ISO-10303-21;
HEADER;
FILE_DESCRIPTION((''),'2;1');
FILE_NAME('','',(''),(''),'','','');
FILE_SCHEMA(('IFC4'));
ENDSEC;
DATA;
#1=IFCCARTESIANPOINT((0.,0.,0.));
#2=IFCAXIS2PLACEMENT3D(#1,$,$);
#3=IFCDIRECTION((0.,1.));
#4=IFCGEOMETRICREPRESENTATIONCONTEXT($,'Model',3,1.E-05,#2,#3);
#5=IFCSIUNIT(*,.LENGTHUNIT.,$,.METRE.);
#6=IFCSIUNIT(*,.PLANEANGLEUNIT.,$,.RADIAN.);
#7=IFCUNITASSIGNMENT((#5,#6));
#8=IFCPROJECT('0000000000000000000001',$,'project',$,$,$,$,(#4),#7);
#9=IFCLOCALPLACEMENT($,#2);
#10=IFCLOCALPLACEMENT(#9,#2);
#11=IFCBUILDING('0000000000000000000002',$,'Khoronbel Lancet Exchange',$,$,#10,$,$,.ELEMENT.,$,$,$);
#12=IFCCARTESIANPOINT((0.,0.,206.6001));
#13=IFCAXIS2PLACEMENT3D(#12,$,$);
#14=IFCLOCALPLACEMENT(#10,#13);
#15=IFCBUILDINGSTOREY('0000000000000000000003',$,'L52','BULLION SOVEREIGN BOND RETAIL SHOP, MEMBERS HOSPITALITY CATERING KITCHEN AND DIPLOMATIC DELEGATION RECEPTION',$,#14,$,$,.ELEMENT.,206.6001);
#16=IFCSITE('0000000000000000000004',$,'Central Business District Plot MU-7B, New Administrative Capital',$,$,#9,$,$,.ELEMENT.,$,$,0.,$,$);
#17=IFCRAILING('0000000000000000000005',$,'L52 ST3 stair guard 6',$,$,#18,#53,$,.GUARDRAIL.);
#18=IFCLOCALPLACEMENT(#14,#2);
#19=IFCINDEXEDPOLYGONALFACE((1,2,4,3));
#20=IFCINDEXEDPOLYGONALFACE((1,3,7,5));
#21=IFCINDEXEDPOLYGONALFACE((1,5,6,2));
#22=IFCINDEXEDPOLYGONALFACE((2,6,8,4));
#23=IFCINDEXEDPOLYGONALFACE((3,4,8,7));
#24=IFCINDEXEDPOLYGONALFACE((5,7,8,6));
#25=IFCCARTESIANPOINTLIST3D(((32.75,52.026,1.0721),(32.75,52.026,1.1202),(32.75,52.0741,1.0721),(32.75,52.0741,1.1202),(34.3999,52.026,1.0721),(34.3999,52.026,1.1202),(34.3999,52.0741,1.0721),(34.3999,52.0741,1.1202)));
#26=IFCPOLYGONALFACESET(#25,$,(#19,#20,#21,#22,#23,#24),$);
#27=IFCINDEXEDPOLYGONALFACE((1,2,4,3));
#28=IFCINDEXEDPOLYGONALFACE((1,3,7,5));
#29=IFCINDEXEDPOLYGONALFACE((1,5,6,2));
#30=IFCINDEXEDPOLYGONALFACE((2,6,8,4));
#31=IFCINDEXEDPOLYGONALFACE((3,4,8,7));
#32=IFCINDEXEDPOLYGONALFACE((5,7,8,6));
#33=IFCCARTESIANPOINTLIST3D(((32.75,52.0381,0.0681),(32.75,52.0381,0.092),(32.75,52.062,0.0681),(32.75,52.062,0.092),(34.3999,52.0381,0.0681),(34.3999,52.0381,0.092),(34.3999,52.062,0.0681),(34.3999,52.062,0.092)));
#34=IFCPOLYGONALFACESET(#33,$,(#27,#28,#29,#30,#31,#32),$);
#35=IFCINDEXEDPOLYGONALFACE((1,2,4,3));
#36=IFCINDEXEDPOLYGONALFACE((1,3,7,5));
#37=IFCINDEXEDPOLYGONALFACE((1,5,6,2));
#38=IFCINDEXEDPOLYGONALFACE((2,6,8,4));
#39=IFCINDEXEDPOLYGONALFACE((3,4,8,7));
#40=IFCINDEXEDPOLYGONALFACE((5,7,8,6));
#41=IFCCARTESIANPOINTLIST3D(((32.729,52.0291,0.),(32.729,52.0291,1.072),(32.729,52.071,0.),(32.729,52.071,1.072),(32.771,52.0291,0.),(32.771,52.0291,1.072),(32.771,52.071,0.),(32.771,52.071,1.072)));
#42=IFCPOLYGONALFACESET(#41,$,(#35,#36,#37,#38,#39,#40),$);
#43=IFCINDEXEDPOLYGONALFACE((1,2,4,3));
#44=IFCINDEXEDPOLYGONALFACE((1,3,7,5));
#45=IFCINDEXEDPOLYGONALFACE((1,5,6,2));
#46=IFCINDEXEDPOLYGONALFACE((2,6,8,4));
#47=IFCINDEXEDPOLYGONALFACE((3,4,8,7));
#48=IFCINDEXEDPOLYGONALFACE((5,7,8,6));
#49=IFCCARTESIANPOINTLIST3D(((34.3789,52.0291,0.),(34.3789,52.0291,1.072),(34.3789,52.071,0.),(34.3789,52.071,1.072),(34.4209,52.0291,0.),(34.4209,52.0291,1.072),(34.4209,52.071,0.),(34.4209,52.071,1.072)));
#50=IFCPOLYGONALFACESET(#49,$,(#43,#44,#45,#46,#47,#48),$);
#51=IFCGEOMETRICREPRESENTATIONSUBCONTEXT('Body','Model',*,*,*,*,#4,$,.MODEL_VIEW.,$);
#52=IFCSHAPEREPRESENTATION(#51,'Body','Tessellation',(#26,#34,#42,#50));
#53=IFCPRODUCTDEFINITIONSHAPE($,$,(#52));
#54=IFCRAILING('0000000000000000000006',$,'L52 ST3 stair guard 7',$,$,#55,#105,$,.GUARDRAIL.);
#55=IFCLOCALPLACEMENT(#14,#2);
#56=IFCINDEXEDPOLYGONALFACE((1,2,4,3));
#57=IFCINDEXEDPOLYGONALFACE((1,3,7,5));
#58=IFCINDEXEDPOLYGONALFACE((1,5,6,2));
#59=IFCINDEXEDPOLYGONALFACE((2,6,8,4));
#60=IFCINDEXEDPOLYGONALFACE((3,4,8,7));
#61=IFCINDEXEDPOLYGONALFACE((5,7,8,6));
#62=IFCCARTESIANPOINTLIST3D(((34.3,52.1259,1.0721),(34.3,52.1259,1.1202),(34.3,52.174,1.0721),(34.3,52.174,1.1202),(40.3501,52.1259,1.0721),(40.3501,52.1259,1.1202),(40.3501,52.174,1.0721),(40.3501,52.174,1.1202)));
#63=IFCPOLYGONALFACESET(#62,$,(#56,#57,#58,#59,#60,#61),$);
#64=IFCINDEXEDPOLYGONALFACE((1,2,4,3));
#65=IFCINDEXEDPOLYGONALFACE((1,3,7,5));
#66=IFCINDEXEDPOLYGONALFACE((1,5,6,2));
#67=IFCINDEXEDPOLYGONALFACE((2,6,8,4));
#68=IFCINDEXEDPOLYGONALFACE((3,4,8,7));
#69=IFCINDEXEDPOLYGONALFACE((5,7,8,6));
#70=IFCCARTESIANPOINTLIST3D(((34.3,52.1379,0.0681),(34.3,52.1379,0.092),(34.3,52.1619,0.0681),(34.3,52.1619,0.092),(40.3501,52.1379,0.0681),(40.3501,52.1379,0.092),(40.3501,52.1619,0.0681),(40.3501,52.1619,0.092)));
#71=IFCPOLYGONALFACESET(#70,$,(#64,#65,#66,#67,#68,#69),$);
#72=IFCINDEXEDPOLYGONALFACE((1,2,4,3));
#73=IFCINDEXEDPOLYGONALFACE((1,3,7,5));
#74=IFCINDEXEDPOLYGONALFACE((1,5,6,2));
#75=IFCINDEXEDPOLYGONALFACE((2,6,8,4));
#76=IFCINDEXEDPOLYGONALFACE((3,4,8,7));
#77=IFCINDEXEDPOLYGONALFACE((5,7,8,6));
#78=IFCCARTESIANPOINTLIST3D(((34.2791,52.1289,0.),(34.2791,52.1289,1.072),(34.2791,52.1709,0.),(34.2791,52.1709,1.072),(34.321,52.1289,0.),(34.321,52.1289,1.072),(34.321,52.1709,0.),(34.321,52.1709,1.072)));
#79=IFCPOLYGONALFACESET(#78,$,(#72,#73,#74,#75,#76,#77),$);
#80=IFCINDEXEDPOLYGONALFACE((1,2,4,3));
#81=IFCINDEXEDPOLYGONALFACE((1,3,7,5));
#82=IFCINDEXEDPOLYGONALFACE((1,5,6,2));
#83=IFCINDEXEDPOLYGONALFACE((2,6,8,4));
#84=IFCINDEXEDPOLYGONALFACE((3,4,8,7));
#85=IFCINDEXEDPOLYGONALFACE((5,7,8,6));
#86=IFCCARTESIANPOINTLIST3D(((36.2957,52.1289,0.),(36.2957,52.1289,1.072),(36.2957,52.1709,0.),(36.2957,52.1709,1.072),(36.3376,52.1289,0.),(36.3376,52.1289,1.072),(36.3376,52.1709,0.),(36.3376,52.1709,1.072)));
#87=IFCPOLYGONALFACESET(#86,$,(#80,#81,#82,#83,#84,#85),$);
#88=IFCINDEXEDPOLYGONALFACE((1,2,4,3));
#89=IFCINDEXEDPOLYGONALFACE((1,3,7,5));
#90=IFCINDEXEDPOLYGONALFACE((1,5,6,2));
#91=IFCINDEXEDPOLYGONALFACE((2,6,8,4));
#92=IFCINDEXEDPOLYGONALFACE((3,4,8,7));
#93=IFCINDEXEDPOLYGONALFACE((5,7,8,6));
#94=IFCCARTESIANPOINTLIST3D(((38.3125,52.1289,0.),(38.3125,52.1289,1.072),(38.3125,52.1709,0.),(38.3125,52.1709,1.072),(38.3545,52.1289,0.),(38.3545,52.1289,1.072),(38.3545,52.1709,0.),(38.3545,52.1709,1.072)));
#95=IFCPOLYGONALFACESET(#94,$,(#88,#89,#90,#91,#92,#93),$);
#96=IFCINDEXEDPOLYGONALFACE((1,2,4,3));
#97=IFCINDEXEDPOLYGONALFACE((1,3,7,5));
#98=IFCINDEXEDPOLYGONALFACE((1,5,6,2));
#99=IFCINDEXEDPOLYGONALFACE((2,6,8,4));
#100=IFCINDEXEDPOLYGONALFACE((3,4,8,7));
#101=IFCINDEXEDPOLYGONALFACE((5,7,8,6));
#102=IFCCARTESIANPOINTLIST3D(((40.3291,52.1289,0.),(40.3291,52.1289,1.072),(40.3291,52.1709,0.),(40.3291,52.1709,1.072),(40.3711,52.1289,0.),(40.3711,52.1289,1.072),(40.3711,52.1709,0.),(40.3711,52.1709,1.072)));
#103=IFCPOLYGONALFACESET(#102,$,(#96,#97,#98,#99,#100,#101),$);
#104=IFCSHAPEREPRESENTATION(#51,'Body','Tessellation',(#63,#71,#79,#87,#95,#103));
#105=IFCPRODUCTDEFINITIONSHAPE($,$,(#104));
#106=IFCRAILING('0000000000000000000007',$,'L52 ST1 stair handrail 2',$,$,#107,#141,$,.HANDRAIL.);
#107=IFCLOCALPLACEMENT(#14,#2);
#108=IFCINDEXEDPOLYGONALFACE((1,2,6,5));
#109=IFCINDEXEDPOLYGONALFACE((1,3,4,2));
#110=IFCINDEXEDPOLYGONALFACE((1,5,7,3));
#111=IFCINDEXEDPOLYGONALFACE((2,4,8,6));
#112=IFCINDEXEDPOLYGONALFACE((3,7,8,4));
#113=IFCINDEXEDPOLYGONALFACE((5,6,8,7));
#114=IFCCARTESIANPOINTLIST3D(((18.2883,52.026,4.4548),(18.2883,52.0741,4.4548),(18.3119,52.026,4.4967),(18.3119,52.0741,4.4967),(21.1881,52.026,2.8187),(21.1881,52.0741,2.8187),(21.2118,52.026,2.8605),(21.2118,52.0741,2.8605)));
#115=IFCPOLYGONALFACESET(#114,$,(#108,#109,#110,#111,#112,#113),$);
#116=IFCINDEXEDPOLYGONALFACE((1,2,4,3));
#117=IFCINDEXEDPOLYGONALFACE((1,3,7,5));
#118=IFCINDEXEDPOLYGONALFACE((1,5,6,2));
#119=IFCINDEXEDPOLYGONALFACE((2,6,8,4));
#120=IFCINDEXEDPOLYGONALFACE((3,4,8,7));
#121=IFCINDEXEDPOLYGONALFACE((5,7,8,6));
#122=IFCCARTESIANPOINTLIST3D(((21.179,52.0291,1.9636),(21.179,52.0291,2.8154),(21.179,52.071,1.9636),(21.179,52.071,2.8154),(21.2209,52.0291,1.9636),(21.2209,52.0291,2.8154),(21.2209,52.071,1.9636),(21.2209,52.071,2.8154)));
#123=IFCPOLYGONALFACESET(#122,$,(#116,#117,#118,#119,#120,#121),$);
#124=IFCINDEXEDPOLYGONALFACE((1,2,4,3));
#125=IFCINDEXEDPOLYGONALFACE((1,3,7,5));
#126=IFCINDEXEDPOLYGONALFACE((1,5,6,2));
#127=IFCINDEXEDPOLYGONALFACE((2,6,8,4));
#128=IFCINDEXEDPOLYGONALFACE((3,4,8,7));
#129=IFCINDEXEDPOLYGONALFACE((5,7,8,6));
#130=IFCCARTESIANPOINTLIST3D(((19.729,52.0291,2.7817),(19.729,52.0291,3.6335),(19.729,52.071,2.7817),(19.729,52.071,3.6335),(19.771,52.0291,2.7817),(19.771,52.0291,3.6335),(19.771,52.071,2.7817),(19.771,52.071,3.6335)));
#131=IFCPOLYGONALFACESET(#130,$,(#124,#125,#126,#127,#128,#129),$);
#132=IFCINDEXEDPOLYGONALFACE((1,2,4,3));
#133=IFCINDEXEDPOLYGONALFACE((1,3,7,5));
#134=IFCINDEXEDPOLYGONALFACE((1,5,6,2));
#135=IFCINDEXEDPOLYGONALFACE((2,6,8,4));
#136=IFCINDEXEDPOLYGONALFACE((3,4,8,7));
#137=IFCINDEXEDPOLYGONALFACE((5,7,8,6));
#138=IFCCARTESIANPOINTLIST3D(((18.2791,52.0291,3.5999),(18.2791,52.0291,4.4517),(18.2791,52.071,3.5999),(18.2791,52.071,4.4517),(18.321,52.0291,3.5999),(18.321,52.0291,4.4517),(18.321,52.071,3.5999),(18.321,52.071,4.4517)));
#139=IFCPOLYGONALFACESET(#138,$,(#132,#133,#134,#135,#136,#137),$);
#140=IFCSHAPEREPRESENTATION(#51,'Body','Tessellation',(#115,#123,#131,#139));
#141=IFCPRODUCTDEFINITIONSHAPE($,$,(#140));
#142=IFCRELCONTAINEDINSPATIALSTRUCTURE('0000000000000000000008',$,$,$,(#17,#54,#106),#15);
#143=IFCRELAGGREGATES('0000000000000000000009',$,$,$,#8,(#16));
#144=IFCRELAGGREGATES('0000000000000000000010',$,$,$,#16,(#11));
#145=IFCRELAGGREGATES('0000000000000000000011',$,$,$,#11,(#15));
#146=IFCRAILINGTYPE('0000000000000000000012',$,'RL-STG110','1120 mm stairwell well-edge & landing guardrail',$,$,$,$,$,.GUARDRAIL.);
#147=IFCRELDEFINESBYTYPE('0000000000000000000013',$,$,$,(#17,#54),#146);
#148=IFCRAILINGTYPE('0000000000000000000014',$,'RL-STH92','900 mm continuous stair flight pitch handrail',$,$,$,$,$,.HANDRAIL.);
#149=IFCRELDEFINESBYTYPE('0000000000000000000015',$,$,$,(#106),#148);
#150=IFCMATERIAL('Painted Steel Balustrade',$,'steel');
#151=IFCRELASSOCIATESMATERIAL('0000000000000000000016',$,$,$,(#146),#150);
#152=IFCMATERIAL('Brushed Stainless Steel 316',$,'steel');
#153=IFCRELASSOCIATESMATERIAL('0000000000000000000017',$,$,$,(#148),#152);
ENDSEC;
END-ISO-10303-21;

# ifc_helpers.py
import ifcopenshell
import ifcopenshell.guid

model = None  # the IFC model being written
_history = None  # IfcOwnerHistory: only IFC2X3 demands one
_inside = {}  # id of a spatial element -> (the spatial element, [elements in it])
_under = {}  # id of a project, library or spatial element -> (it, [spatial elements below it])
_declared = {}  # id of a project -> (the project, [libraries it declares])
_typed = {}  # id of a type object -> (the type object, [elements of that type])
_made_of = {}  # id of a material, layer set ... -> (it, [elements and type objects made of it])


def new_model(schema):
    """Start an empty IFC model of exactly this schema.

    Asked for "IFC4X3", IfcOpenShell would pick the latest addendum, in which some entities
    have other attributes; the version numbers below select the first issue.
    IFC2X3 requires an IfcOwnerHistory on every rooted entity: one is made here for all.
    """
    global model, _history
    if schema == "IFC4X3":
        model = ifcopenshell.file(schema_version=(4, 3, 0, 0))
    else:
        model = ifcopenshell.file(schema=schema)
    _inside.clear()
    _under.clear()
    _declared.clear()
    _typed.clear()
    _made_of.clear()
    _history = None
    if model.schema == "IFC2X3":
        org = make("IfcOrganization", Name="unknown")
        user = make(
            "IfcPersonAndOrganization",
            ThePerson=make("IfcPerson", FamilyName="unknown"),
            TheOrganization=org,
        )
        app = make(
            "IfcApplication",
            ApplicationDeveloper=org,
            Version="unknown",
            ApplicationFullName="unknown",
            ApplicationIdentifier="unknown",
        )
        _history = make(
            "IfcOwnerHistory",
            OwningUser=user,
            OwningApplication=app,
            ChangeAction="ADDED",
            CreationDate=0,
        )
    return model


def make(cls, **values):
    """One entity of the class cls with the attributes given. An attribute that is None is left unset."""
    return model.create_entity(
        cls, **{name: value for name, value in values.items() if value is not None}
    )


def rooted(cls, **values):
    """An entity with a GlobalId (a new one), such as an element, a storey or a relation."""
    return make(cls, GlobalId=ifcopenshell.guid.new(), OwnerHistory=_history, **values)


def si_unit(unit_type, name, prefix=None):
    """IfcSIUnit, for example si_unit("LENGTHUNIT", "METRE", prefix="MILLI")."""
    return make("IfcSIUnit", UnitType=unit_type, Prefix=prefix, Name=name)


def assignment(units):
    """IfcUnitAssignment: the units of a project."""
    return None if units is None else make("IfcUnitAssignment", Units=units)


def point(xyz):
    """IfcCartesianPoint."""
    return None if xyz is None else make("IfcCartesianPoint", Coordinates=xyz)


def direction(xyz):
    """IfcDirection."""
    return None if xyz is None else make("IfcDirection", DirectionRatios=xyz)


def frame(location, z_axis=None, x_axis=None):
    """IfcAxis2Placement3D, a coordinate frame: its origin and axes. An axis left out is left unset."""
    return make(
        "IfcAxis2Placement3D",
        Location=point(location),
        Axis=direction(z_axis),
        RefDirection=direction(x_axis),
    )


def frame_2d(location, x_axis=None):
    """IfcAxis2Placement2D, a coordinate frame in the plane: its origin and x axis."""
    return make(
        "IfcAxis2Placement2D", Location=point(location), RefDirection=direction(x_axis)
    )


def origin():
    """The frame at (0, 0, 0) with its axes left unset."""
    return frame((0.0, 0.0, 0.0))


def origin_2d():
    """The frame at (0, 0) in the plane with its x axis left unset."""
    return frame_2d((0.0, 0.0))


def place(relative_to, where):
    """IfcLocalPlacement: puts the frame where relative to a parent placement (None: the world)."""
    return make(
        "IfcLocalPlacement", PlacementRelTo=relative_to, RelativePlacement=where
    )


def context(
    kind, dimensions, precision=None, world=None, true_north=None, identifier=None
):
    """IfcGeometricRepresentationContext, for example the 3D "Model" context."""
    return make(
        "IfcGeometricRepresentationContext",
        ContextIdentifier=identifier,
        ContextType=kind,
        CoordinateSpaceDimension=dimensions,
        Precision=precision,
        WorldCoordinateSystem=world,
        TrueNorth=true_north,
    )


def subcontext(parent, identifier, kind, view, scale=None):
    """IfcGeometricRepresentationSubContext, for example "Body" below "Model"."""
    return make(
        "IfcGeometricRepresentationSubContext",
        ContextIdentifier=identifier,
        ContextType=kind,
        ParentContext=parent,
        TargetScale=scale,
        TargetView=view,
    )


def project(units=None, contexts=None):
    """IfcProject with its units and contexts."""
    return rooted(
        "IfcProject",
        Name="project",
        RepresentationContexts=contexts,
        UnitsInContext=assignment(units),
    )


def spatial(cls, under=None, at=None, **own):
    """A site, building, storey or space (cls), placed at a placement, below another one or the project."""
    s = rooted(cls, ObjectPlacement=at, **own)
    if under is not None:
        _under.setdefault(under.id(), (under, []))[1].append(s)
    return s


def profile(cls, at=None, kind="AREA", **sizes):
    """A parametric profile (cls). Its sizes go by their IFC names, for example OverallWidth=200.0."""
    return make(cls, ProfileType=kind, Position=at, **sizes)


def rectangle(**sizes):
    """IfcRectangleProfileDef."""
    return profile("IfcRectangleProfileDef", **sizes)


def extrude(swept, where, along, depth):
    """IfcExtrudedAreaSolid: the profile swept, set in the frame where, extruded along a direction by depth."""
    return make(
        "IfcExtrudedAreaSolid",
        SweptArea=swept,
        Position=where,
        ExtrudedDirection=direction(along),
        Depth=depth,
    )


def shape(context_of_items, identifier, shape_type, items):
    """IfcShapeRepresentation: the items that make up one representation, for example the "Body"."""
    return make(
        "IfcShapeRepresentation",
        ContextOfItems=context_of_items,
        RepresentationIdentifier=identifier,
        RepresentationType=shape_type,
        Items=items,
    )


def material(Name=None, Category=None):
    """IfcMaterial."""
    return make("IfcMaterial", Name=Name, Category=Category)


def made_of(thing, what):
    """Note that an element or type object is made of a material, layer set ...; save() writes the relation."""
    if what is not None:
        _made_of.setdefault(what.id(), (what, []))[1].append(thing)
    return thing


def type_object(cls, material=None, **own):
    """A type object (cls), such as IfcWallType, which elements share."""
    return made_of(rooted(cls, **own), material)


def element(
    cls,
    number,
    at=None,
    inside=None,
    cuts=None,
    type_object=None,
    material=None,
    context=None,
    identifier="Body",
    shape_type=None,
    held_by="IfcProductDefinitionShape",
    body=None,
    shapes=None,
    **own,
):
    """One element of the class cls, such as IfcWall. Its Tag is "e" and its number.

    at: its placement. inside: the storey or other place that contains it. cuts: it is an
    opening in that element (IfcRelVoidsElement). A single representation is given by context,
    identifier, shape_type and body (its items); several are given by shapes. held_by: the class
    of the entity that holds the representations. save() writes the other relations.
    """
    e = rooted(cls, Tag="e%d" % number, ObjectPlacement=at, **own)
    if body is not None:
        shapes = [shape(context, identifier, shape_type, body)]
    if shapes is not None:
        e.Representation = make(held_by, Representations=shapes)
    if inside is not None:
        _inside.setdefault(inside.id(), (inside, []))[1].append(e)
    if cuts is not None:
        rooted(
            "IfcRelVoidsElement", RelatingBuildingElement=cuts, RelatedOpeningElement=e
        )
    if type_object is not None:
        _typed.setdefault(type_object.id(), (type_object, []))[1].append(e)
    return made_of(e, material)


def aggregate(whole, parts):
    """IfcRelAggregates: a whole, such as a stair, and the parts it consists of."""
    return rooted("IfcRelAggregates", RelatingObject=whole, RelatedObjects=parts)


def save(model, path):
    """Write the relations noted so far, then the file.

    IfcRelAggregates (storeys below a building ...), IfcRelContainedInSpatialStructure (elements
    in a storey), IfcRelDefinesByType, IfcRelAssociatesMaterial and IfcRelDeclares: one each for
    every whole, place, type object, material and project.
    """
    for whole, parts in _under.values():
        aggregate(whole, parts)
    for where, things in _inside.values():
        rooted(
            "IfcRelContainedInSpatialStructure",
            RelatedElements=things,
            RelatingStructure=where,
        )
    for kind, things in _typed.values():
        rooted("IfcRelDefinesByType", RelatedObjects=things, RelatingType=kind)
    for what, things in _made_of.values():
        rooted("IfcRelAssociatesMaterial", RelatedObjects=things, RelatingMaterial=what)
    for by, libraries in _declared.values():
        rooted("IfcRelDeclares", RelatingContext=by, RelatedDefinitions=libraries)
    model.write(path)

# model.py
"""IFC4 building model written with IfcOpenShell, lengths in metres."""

from ifc_helpers import new_model, si_unit, direction, frame, origin, origin_2d, place, context, subcontext, project, spatial, rectangle, extrude, material, type_object, element, save


model = new_model("IFC4")

# Units and contexts
model_context = context("Model", 3, precision=1e-05, world=origin(), true_north=direction((0.0, 1.0)))
body_context = subcontext(model_context, "Body", "Model", "MODEL_VIEW")
ifc_project = project(units=[si_unit("LENGTHUNIT", "METRE"), si_unit("PLANEANGLEUNIT", "RADIAN")], contexts=[model_context])

# Site, building, storey
site_placement = place(None, origin())
site = spatial("IfcSite", under=ifc_project, at=site_placement, Name="Central Business District Plot MU-7B, New Administrative Capital", CompositionType="ELEMENT", RefElevation=0.0)
building_placement = place(site_placement, origin())
building = spatial("IfcBuilding", under=site, at=building_placement, Name="Khoronbel Lancet Exchange", CompositionType="ELEMENT")
storey_placement = place(building_placement, frame((0.0, 0.0, 206.6001)))
storey = spatial("IfcBuildingStorey", under=building, at=storey_placement, Name="L52", Description="BULLION SOVEREIGN BOND RETAIL SHOP, MEMBERS HOSPITALITY CATERING KITCHEN AND DIPLOMATIC DELEGATION RECEPTION", CompositionType="ELEMENT", Elevation=206.6001)

# Railings
ifc_material_1 = material(Name="Painted Steel Balustrade", Category="steel")
railing_type_1 = type_object("IfcRailingType", Name="RL-STG110", Description="1120 mm stairwell well-edge & landing guardrail", PredefinedType="GUARDRAIL", material=ifc_material_1)
railing_1_placement = place(storey_placement, frame((32.75, 52.05, 0.0)))
element("IfcRailing", 1, at=railing_1_placement, inside=storey, type_object=railing_type_1, Name="L52 ST3 stair guard 6", PredefinedType="GUARDRAIL", context=body_context, shape_type="SweptSolid", body=[
    extrude(rectangle(XDim=0.0481, YDim=0.0481, at=origin_2d()), frame((0.0, 0.0, 1.0962), z_axis=(1.0, 0.0, 0.0), x_axis=(0.0, 1.0, 0.0)), (0.0, 0.0, 1.0), 1.6499),
    extrude(rectangle(XDim=0.0239, YDim=0.0239, at=origin_2d()), frame((0.0, 0.0, 0.0801), z_axis=(1.0, 0.0, 0.0), x_axis=(0.0, 1.0, 0.0)), (0.0, 0.0, 1.0), 1.6499),
    extrude(rectangle(XDim=0.042, YDim=0.042, at=origin_2d()), origin(), (0.0, 0.0, 1.0), 1.072),
    extrude(rectangle(XDim=0.042, YDim=0.042, at=origin_2d()), frame((1.6499, 0.0, 0.0)), (0.0, 0.0, 1.0), 1.072),
])
railing_2_placement = place(storey_placement, frame((34.3, 52.1499, 0.0)))
element("IfcRailing", 2, at=railing_2_placement, inside=storey, type_object=railing_type_1, Name="L52 ST3 stair guard 7", PredefinedType="GUARDRAIL", context=body_context, shape_type="SweptSolid", body=[
    extrude(rectangle(XDim=0.0481, YDim=0.0481, at=origin_2d()), frame((0.0, 0.0, 1.0962), z_axis=(1.0, 0.0, 0.0), x_axis=(0.0, 1.0, 0.0)), (0.0, 0.0, 1.0), 6.05),
    extrude(rectangle(XDim=0.0239, YDim=0.0239, at=origin_2d()), frame((0.0, 0.0, 0.0801), z_axis=(1.0, 0.0, 0.0), x_axis=(0.0, 1.0, 0.0)), (0.0, 0.0, 1.0), 6.05),
    extrude(rectangle(XDim=0.042, YDim=0.042, at=origin_2d()), origin(), (0.0, 0.0, 1.0), 1.072),
    extrude(rectangle(XDim=0.042, YDim=0.042, at=origin_2d()), frame((2.0166, 0.0, 0.0)), (0.0, 0.0, 1.0), 1.072),
    extrude(rectangle(XDim=0.042, YDim=0.042, at=origin_2d()), frame((4.0334, 0.0, 0.0)), (0.0, 0.0, 1.0), 1.072),
    extrude(rectangle(XDim=0.042, YDim=0.042, at=origin_2d()), frame((6.05, 0.0, 0.0)), (0.0, 0.0, 1.0), 1.072),
])
ifc_material_2 = material(Name="Brushed Stainless Steel 316", Category="steel")
railing_type_2 = type_object("IfcRailingType", Name="RL-STH92", Description="900 mm continuous stair flight pitch handrail", PredefinedType="HANDRAIL", material=ifc_material_2)
railing_3_placement = place(storey_placement, frame((21.2, 52.05, 1.9636)))
element("IfcRailing", 3, at=railing_3_placement, inside=storey, type_object=railing_type_2, Name="L52 ST1 stair handrail 2", PredefinedType="HANDRAIL", context=body_context, shape_type="SweptSolid", body=[
    extrude(rectangle(XDim=0.0481, YDim=0.0481, at=origin_2d()), frame((0.0, 0.0, 0.876), z_axis=(-0.870929, 0.0, 0.49141), x_axis=(0.0, -1.0, 0.0)), (0.0, 0.0, 1.0), 3.3296),
    extrude(rectangle(XDim=0.042, YDim=0.042, at=origin_2d()), origin(), (0.0, 0.0, 1.0), 0.8518),
    extrude(rectangle(XDim=0.042, YDim=0.042, at=origin_2d()), frame((-1.45, 0.0, 0.8181)), (0.0, 0.0, 1.0), 0.8518),
    extrude(rectangle(XDim=0.042, YDim=0.042, at=origin_2d()), frame((-2.8999, 0.0, 1.6362)), (0.0, 0.0, 1.0), 0.8518),
])

save(model, "model.ifc")
